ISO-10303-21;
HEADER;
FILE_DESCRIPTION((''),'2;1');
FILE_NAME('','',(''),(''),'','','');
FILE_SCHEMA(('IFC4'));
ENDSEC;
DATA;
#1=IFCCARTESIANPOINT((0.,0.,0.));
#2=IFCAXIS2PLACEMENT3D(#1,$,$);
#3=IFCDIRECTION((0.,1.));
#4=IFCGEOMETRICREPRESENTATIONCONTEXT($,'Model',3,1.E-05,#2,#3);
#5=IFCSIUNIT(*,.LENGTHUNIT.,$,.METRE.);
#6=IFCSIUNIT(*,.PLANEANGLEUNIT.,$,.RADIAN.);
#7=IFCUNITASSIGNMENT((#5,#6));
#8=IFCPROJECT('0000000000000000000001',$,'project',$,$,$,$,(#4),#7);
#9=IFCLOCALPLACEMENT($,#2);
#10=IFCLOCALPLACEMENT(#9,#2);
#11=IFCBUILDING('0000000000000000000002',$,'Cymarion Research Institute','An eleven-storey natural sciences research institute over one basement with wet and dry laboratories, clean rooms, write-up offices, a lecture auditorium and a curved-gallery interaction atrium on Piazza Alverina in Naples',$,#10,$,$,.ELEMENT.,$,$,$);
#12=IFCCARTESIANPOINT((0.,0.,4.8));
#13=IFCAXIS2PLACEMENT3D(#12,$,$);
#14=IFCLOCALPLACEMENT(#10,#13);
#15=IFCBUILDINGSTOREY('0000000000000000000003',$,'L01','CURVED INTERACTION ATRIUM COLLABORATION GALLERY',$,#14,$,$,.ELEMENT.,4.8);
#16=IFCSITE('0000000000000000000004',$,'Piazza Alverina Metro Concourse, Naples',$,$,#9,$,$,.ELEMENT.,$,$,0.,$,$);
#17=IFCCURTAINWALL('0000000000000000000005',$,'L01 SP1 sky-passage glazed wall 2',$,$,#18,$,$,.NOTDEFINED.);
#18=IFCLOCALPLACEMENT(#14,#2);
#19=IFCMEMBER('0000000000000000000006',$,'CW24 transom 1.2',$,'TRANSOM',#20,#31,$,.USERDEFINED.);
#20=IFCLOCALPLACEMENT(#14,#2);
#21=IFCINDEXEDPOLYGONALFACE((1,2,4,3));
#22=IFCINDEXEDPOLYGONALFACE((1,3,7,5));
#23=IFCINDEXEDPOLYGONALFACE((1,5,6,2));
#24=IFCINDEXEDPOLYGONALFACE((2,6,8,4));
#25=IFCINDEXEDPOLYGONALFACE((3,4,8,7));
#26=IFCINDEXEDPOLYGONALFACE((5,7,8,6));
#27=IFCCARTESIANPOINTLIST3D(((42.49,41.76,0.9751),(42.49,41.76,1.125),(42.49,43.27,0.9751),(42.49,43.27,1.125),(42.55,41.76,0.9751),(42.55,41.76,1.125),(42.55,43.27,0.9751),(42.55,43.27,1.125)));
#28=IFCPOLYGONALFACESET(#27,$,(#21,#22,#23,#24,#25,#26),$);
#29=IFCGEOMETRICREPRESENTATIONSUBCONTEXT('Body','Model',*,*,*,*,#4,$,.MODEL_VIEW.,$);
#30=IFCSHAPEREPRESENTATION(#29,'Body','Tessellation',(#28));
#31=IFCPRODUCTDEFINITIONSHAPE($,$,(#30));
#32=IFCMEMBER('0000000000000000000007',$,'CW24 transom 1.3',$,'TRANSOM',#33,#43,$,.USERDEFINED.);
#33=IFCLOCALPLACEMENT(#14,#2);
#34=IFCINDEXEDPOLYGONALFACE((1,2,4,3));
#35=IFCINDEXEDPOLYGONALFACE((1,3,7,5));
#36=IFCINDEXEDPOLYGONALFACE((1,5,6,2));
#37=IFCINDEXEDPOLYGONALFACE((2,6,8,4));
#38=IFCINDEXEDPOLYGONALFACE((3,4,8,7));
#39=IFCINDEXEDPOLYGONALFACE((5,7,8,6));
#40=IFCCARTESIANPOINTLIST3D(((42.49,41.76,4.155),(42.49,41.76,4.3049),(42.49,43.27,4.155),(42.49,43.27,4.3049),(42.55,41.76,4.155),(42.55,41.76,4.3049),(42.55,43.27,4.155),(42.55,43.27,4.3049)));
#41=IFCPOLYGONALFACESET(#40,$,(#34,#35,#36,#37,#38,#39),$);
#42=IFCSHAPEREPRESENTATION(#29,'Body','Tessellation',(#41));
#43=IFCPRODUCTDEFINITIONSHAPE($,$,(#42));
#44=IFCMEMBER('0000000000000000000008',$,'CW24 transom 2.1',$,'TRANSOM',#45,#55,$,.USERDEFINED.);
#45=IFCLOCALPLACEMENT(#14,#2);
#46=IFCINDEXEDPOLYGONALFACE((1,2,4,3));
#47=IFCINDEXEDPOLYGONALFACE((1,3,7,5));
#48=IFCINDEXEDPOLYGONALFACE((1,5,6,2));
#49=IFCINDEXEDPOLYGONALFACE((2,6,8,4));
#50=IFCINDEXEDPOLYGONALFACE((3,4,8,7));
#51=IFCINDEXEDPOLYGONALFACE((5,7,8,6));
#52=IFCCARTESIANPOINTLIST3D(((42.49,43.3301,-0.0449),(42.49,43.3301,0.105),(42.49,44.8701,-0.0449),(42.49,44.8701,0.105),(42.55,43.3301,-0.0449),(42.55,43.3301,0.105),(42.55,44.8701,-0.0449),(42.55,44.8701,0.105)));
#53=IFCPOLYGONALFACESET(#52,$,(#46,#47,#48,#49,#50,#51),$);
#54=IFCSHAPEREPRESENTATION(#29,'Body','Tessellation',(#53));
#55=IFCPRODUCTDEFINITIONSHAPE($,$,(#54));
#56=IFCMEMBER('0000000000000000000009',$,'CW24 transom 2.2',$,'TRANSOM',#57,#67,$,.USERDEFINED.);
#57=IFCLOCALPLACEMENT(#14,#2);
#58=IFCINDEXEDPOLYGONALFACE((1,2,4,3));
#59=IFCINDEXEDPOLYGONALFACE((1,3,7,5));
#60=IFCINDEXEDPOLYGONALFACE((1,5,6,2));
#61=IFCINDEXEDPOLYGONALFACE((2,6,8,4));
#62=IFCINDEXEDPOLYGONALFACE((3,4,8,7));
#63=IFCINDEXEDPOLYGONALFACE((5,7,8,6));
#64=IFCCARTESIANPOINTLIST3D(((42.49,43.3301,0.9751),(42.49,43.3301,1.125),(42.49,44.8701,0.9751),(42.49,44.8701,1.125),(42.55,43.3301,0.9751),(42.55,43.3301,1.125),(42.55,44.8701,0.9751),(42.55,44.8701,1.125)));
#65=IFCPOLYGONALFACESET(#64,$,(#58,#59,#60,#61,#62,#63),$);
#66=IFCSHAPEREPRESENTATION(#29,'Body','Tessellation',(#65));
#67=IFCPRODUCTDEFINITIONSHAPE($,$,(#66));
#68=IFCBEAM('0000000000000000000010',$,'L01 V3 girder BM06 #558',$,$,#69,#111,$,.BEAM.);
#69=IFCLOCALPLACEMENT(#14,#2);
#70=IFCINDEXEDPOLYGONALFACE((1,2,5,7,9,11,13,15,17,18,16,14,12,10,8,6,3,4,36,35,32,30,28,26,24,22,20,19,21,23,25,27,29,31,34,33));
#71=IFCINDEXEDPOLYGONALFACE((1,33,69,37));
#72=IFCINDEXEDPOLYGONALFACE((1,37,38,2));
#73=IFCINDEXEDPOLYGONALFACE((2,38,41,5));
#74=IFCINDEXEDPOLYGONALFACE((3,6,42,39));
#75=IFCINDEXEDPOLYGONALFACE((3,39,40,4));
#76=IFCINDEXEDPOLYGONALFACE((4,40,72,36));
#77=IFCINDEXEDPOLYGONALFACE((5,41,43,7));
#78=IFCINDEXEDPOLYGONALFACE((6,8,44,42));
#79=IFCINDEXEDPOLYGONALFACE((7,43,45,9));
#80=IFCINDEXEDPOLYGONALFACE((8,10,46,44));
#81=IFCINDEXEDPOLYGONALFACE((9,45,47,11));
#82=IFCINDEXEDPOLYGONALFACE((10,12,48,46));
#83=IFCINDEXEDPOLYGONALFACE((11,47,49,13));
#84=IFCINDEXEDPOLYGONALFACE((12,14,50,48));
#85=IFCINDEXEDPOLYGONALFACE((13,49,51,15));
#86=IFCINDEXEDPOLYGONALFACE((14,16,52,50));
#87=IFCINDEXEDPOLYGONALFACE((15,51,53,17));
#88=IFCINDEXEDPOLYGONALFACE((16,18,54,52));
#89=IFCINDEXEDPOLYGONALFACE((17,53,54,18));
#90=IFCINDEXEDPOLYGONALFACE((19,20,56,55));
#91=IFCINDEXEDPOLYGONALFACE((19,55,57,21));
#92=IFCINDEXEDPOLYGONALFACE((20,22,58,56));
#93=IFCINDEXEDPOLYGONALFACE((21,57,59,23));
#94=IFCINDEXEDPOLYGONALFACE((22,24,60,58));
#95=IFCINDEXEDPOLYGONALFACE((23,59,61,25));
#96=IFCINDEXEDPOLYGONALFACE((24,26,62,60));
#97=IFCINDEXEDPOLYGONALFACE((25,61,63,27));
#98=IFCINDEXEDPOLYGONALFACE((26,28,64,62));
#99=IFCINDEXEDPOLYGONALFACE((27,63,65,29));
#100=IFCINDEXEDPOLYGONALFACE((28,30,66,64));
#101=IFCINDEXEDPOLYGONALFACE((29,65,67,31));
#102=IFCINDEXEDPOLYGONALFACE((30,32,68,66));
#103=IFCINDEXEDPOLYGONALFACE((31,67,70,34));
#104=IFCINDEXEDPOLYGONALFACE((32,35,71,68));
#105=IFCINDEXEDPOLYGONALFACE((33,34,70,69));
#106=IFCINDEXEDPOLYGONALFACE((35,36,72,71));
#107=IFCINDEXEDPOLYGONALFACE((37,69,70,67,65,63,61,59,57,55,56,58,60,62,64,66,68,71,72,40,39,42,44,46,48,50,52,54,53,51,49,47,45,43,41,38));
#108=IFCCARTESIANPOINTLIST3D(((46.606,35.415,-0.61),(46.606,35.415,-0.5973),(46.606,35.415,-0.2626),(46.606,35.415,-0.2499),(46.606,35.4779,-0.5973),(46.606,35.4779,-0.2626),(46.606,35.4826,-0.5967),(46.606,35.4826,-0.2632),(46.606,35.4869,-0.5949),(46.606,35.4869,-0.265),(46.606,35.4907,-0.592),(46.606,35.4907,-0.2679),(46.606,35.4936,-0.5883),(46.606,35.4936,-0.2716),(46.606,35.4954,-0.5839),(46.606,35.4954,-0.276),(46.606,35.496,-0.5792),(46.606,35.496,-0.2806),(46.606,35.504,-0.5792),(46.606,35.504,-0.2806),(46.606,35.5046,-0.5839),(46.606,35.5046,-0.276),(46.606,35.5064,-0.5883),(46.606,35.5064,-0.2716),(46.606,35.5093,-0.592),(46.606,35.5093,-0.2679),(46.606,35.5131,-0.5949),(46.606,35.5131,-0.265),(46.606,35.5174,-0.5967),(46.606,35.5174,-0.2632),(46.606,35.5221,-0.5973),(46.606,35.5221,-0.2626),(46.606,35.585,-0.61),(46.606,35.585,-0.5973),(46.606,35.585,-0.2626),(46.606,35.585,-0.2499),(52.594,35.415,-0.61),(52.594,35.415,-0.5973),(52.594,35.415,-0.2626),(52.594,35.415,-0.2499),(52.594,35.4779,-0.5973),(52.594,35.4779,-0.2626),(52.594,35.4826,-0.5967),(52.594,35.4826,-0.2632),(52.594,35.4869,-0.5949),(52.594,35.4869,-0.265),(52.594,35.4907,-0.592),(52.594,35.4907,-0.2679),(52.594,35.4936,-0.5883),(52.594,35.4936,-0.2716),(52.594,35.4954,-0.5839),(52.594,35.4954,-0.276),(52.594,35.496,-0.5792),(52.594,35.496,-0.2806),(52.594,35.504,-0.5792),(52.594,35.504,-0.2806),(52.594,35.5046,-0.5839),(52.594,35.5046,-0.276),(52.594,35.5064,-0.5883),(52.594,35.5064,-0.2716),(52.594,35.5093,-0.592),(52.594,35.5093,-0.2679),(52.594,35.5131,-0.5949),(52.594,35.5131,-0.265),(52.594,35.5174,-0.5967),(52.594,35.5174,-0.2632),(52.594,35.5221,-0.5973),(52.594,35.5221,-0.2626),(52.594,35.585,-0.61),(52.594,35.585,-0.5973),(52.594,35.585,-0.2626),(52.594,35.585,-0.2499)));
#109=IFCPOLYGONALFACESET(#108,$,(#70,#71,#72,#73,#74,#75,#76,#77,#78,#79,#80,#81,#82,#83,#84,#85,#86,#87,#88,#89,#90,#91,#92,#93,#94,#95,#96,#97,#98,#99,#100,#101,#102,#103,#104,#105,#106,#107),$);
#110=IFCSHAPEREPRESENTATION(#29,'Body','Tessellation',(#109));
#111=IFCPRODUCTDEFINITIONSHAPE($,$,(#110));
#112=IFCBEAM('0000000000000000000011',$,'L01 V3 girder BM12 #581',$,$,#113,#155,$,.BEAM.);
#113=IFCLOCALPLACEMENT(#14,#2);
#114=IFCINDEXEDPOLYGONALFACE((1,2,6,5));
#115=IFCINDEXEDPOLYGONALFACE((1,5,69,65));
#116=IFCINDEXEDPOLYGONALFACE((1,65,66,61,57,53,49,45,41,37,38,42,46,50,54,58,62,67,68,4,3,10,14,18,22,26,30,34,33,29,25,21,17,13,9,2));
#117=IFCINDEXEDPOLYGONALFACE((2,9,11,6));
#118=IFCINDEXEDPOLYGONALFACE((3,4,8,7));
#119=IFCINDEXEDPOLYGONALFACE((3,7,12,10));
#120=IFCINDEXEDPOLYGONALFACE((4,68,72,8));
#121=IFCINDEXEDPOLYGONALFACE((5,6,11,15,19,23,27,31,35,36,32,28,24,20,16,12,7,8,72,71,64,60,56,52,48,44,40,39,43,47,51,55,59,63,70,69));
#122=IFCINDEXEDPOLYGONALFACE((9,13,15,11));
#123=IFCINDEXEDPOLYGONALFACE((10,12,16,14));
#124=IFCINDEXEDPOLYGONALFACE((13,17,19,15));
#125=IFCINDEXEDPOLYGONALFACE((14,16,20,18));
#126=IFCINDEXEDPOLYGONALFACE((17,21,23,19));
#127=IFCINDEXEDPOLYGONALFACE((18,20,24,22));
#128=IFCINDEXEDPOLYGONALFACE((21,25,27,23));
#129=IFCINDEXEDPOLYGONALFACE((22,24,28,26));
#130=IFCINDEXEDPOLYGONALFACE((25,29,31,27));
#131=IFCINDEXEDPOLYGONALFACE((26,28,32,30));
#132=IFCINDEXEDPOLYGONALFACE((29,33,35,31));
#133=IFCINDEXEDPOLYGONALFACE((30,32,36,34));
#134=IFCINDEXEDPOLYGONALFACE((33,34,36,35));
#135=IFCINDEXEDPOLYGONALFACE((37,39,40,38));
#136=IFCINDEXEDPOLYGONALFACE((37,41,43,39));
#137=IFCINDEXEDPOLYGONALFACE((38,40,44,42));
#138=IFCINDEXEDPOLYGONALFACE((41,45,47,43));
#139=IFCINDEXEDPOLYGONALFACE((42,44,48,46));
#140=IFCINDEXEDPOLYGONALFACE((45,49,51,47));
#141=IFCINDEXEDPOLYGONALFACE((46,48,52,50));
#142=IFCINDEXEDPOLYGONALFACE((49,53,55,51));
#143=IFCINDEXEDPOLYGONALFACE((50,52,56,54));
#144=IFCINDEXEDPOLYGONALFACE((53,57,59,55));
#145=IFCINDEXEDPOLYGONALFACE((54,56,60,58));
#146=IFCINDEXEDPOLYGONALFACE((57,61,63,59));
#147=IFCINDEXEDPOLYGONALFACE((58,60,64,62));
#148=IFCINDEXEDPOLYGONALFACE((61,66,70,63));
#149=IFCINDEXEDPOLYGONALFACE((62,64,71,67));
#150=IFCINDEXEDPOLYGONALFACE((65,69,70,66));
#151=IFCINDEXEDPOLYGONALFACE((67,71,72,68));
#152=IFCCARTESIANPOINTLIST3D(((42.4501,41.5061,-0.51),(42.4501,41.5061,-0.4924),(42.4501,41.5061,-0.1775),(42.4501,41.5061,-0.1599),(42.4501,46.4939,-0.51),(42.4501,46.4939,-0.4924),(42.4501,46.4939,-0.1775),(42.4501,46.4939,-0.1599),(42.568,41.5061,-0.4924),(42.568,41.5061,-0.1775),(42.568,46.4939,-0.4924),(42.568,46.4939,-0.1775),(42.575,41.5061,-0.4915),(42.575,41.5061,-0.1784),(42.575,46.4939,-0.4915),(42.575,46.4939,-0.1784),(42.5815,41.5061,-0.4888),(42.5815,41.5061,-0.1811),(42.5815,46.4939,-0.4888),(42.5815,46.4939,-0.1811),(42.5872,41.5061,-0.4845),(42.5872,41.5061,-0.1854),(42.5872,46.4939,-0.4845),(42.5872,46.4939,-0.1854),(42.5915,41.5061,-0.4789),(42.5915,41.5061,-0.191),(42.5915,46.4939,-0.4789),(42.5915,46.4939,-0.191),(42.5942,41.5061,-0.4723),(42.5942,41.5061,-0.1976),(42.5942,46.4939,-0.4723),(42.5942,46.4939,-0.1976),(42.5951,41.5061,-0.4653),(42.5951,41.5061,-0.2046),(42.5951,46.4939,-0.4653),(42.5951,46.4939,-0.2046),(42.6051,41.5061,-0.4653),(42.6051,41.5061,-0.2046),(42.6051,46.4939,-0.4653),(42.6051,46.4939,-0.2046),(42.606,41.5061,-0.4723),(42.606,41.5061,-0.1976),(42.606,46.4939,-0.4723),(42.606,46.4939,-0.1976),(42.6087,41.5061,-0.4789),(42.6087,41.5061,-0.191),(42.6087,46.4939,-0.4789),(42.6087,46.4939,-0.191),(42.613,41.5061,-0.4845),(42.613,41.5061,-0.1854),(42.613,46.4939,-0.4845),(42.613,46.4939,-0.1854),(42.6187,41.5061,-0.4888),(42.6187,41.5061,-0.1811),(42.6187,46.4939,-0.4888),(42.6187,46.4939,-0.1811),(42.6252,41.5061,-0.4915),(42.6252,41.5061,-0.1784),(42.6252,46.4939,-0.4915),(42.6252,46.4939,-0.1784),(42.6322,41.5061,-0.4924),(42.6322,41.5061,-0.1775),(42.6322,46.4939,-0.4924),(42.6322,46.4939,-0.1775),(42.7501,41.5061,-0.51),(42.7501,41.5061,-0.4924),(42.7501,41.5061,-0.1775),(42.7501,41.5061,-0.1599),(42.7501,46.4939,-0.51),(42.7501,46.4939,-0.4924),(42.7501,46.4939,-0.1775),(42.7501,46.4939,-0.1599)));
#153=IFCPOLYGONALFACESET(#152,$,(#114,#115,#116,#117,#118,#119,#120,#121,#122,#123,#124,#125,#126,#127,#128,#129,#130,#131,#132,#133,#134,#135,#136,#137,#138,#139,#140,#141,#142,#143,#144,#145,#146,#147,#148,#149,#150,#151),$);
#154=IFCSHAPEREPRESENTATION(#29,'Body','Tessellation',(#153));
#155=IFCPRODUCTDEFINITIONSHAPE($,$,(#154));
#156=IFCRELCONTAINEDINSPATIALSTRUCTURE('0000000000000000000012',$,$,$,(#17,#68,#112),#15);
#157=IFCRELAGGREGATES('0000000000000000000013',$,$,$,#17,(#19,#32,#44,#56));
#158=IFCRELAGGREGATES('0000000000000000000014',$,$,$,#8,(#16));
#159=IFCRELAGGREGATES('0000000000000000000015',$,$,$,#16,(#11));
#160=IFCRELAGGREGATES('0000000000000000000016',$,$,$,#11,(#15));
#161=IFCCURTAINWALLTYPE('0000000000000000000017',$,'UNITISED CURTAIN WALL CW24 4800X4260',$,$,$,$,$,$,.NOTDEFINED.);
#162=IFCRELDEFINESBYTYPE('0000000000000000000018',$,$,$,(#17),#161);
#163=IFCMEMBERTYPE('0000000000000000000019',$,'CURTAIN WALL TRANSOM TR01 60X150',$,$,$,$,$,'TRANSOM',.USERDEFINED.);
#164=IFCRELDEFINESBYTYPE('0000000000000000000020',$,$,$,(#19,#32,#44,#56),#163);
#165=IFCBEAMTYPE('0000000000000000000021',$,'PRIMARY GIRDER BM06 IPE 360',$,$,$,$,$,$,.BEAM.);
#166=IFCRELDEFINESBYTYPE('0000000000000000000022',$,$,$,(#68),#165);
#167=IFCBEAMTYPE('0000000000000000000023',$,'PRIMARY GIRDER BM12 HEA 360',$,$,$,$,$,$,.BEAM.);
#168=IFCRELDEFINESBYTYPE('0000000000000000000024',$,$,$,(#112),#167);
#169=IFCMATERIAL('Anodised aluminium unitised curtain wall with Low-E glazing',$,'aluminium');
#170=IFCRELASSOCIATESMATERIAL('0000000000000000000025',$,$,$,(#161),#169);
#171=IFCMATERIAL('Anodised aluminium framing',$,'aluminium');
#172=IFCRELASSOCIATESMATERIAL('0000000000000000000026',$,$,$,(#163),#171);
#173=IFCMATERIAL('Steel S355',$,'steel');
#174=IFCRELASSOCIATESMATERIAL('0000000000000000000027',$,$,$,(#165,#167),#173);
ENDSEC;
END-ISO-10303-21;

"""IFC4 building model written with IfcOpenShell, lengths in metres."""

from ifc_helpers import new_model, si_unit, direction, frame, origin, origin_2d, place, context, subcontext, project, spatial, rectangle, i_section, extrude, material, material_profile, profile_set, type_object, element, aggregate, save


model = new_model("IFC4")

# Units and contexts
model_context = context("Model", 3, precision=1e-05, world=origin(), true_north=direction((0.0, 1.0)))
body_context = subcontext(model_context, "Body", "Model", "MODEL_VIEW")
ifc_project = project(units=[si_unit("LENGTHUNIT", "METRE"), si_unit("PLANEANGLEUNIT", "RADIAN")], contexts=[model_context])

# Site, building, storey
site_placement = place(None, origin())
site = spatial("IfcSite", under=ifc_project, at=site_placement, Name="Piazza Alverina Metro Concourse, Naples", CompositionType="ELEMENT", RefElevation=0.0)
building_placement = place(site_placement, origin())
building = spatial("IfcBuilding", under=site, at=building_placement, Name="Cymarion Research Institute", Description="An eleven-storey natural sciences research institute over one basement with wet and dry laboratories, clean rooms, write-up offices, a lecture auditorium and a curved-gallery interaction atrium on Piazza Alverina in Naples", CompositionType="ELEMENT")
storey_placement = place(building_placement, frame((0.0, 0.0, 4.8)))
storey = spatial("IfcBuildingStorey", under=building, at=storey_placement, Name="L01", Description="CURVED INTERACTION ATRIUM COLLABORATION GALLERY", CompositionType="ELEMENT", Elevation=4.8)

# Shared definitions
ifc_material_1 = material(Name="Steel S355", Category="steel")

# Curtain wall, members
ifc_material_2 = material(Name="Anodised aluminium unitised curtain wall with Low-E glazing", Category="aluminium")
curtain_wall_type = type_object("IfcCurtainWallType", Name="UNITISED CURTAIN WALL CW24 4800X4260", PredefinedType="NOTDEFINED", material=ifc_material_2)
curtain_wall_placement = place(storey_placement, origin())
curtain_wall = element("IfcCurtainWall", 1, at=curtain_wall_placement, inside=storey, type_object=curtain_wall_type, Name="L01 SP1 sky-passage glazed wall 2", PredefinedType="NOTDEFINED")
ifc_material_3 = material(Name="Anodised aluminium framing", Category="aluminium")
ifc_material_profile_1 = material_profile(ifc_material_3, rectangle(XDim=0.0601, YDim=0.1499, at=origin_2d()), Name="ALU TRANSOM 60x150")
ifc_profile_set_1 = profile_set([ifc_material_profile_1], Name="Anodised aluminium framing")
member_type_1 = type_object("IfcMemberType", Name="CURTAIN WALL TRANSOM TR01 60X150", ElementType="TRANSOM", PredefinedType="USERDEFINED", material=ifc_profile_set_1)
member_1_placement = place(storey_placement, frame((42.52, 41.76, 1.05), z_axis=(0.0, 1.0, 0.0), x_axis=(-1.0, 0.0, 0.0)))
member_1 = element("IfcMember", 2, at=member_1_placement, type_object=member_type_1, Name="CW24 transom 1.2", ObjectType="TRANSOM", PredefinedType="USERDEFINED", context=body_context, shape_type="SweptSolid", body=[
    extrude(rectangle(XDim=0.0601, YDim=0.1499, at=origin_2d()), origin(), (0.0, 0.0, 1.0), 1.51),
])
member_2_placement = place(storey_placement, frame((42.52, 41.76, 4.23), z_axis=(0.0, 1.0, 0.0), x_axis=(-1.0, 0.0, 0.0)))
member_2 = element("IfcMember", 3, at=member_2_placement, type_object=member_type_1, Name="CW24 transom 1.3", ObjectType="TRANSOM", PredefinedType="USERDEFINED", context=body_context, shape_type="SweptSolid", body=[
    extrude(rectangle(XDim=0.0601, YDim=0.1499, at=origin_2d()), origin(), (0.0, 0.0, 1.0), 1.51),
])
member_3_placement = place(storey_placement, frame((42.52, 43.3301, 0.03), z_axis=(0.0, 1.0, 0.0), x_axis=(-1.0, 0.0, 0.0)))
member_3 = element("IfcMember", 4, at=member_3_placement, type_object=member_type_1, Name="CW24 transom 2.1", ObjectType="TRANSOM", PredefinedType="USERDEFINED", context=body_context, shape_type="SweptSolid", body=[
    extrude(rectangle(XDim=0.0601, YDim=0.1499, at=origin_2d()), origin(), (0.0, 0.0, 1.0), 1.54),
])
member_4_placement = place(storey_placement, frame((42.52, 43.3301, 1.05), z_axis=(0.0, 1.0, 0.0), x_axis=(-1.0, 0.0, 0.0)))
member_4 = element("IfcMember", 5, at=member_4_placement, type_object=member_type_1, Name="CW24 transom 2.2", ObjectType="TRANSOM", PredefinedType="USERDEFINED", context=body_context, shape_type="SweptSolid", body=[
    extrude(rectangle(XDim=0.0601, YDim=0.1499, at=origin_2d()), origin(), (0.0, 0.0, 1.0), 1.54),
])

# Beams
ifc_material_profile_2 = material_profile(ifc_material_1, i_section(OverallWidth=0.1699, OverallDepth=0.3601, WebThickness=0.0081, FlangeThickness=0.0127, FilletRadius=0.0181, at=origin_2d()), Name="IPE 360")
ifc_profile_set_2 = profile_set([ifc_material_profile_2], Name="Steel S355")
beam_type_1 = type_object("IfcBeamType", Name="PRIMARY GIRDER BM06 IPE 360", PredefinedType="BEAM", material=ifc_profile_set_2)
beam_1_placement = place(storey_placement, frame((46.606, 35.5, -0.4299), z_axis=(1.0, 0.0, 0.0), x_axis=(0.0, 1.0, 0.0)))
element("IfcBeam", 6, at=beam_1_placement, inside=storey, type_object=beam_type_1, Name="L01 V3 girder BM06 #558", PredefinedType="BEAM", context=body_context, shape_type="SweptSolid", body=[
    extrude(i_section(OverallWidth=0.1699, OverallDepth=0.3601, WebThickness=0.0081, FlangeThickness=0.0127, FilletRadius=0.0181, at=origin_2d()), origin(), (0.0, 0.0, 1.0), 5.988),
])
ifc_material_profile_3 = material_profile(ifc_material_1, i_section(OverallWidth=0.3, OverallDepth=0.3501, WebThickness=0.01, FlangeThickness=0.0176, FilletRadius=0.0271, at=origin_2d()), Name="HEA 360")
ifc_profile_set_3 = profile_set([ifc_material_profile_3], Name="Steel S355")
beam_type_2 = type_object("IfcBeamType", Name="PRIMARY GIRDER BM12 HEA 360", PredefinedType="BEAM", material=ifc_profile_set_3)
beam_2_placement = place(storey_placement, frame((42.6001, 41.5061, -0.335), z_axis=(0.0, 1.0, 0.0), x_axis=(-1.0, 0.0, 0.0)))
element("IfcBeam", 7, at=beam_2_placement, inside=storey, type_object=beam_type_2, Name="L01 V3 girder BM12 #581", PredefinedType="BEAM", context=body_context, shape_type="SweptSolid", body=[
    extrude(i_section(OverallWidth=0.3, OverallDepth=0.3501, WebThickness=0.01, FlangeThickness=0.0176, FilletRadius=0.0271, at=origin_2d()), origin(), (0.0, 0.0, 1.0), 4.9878),
])

aggregate(curtain_wall, [member_1, member_2, member_3, member_4])

save(model, "model.ifc")
